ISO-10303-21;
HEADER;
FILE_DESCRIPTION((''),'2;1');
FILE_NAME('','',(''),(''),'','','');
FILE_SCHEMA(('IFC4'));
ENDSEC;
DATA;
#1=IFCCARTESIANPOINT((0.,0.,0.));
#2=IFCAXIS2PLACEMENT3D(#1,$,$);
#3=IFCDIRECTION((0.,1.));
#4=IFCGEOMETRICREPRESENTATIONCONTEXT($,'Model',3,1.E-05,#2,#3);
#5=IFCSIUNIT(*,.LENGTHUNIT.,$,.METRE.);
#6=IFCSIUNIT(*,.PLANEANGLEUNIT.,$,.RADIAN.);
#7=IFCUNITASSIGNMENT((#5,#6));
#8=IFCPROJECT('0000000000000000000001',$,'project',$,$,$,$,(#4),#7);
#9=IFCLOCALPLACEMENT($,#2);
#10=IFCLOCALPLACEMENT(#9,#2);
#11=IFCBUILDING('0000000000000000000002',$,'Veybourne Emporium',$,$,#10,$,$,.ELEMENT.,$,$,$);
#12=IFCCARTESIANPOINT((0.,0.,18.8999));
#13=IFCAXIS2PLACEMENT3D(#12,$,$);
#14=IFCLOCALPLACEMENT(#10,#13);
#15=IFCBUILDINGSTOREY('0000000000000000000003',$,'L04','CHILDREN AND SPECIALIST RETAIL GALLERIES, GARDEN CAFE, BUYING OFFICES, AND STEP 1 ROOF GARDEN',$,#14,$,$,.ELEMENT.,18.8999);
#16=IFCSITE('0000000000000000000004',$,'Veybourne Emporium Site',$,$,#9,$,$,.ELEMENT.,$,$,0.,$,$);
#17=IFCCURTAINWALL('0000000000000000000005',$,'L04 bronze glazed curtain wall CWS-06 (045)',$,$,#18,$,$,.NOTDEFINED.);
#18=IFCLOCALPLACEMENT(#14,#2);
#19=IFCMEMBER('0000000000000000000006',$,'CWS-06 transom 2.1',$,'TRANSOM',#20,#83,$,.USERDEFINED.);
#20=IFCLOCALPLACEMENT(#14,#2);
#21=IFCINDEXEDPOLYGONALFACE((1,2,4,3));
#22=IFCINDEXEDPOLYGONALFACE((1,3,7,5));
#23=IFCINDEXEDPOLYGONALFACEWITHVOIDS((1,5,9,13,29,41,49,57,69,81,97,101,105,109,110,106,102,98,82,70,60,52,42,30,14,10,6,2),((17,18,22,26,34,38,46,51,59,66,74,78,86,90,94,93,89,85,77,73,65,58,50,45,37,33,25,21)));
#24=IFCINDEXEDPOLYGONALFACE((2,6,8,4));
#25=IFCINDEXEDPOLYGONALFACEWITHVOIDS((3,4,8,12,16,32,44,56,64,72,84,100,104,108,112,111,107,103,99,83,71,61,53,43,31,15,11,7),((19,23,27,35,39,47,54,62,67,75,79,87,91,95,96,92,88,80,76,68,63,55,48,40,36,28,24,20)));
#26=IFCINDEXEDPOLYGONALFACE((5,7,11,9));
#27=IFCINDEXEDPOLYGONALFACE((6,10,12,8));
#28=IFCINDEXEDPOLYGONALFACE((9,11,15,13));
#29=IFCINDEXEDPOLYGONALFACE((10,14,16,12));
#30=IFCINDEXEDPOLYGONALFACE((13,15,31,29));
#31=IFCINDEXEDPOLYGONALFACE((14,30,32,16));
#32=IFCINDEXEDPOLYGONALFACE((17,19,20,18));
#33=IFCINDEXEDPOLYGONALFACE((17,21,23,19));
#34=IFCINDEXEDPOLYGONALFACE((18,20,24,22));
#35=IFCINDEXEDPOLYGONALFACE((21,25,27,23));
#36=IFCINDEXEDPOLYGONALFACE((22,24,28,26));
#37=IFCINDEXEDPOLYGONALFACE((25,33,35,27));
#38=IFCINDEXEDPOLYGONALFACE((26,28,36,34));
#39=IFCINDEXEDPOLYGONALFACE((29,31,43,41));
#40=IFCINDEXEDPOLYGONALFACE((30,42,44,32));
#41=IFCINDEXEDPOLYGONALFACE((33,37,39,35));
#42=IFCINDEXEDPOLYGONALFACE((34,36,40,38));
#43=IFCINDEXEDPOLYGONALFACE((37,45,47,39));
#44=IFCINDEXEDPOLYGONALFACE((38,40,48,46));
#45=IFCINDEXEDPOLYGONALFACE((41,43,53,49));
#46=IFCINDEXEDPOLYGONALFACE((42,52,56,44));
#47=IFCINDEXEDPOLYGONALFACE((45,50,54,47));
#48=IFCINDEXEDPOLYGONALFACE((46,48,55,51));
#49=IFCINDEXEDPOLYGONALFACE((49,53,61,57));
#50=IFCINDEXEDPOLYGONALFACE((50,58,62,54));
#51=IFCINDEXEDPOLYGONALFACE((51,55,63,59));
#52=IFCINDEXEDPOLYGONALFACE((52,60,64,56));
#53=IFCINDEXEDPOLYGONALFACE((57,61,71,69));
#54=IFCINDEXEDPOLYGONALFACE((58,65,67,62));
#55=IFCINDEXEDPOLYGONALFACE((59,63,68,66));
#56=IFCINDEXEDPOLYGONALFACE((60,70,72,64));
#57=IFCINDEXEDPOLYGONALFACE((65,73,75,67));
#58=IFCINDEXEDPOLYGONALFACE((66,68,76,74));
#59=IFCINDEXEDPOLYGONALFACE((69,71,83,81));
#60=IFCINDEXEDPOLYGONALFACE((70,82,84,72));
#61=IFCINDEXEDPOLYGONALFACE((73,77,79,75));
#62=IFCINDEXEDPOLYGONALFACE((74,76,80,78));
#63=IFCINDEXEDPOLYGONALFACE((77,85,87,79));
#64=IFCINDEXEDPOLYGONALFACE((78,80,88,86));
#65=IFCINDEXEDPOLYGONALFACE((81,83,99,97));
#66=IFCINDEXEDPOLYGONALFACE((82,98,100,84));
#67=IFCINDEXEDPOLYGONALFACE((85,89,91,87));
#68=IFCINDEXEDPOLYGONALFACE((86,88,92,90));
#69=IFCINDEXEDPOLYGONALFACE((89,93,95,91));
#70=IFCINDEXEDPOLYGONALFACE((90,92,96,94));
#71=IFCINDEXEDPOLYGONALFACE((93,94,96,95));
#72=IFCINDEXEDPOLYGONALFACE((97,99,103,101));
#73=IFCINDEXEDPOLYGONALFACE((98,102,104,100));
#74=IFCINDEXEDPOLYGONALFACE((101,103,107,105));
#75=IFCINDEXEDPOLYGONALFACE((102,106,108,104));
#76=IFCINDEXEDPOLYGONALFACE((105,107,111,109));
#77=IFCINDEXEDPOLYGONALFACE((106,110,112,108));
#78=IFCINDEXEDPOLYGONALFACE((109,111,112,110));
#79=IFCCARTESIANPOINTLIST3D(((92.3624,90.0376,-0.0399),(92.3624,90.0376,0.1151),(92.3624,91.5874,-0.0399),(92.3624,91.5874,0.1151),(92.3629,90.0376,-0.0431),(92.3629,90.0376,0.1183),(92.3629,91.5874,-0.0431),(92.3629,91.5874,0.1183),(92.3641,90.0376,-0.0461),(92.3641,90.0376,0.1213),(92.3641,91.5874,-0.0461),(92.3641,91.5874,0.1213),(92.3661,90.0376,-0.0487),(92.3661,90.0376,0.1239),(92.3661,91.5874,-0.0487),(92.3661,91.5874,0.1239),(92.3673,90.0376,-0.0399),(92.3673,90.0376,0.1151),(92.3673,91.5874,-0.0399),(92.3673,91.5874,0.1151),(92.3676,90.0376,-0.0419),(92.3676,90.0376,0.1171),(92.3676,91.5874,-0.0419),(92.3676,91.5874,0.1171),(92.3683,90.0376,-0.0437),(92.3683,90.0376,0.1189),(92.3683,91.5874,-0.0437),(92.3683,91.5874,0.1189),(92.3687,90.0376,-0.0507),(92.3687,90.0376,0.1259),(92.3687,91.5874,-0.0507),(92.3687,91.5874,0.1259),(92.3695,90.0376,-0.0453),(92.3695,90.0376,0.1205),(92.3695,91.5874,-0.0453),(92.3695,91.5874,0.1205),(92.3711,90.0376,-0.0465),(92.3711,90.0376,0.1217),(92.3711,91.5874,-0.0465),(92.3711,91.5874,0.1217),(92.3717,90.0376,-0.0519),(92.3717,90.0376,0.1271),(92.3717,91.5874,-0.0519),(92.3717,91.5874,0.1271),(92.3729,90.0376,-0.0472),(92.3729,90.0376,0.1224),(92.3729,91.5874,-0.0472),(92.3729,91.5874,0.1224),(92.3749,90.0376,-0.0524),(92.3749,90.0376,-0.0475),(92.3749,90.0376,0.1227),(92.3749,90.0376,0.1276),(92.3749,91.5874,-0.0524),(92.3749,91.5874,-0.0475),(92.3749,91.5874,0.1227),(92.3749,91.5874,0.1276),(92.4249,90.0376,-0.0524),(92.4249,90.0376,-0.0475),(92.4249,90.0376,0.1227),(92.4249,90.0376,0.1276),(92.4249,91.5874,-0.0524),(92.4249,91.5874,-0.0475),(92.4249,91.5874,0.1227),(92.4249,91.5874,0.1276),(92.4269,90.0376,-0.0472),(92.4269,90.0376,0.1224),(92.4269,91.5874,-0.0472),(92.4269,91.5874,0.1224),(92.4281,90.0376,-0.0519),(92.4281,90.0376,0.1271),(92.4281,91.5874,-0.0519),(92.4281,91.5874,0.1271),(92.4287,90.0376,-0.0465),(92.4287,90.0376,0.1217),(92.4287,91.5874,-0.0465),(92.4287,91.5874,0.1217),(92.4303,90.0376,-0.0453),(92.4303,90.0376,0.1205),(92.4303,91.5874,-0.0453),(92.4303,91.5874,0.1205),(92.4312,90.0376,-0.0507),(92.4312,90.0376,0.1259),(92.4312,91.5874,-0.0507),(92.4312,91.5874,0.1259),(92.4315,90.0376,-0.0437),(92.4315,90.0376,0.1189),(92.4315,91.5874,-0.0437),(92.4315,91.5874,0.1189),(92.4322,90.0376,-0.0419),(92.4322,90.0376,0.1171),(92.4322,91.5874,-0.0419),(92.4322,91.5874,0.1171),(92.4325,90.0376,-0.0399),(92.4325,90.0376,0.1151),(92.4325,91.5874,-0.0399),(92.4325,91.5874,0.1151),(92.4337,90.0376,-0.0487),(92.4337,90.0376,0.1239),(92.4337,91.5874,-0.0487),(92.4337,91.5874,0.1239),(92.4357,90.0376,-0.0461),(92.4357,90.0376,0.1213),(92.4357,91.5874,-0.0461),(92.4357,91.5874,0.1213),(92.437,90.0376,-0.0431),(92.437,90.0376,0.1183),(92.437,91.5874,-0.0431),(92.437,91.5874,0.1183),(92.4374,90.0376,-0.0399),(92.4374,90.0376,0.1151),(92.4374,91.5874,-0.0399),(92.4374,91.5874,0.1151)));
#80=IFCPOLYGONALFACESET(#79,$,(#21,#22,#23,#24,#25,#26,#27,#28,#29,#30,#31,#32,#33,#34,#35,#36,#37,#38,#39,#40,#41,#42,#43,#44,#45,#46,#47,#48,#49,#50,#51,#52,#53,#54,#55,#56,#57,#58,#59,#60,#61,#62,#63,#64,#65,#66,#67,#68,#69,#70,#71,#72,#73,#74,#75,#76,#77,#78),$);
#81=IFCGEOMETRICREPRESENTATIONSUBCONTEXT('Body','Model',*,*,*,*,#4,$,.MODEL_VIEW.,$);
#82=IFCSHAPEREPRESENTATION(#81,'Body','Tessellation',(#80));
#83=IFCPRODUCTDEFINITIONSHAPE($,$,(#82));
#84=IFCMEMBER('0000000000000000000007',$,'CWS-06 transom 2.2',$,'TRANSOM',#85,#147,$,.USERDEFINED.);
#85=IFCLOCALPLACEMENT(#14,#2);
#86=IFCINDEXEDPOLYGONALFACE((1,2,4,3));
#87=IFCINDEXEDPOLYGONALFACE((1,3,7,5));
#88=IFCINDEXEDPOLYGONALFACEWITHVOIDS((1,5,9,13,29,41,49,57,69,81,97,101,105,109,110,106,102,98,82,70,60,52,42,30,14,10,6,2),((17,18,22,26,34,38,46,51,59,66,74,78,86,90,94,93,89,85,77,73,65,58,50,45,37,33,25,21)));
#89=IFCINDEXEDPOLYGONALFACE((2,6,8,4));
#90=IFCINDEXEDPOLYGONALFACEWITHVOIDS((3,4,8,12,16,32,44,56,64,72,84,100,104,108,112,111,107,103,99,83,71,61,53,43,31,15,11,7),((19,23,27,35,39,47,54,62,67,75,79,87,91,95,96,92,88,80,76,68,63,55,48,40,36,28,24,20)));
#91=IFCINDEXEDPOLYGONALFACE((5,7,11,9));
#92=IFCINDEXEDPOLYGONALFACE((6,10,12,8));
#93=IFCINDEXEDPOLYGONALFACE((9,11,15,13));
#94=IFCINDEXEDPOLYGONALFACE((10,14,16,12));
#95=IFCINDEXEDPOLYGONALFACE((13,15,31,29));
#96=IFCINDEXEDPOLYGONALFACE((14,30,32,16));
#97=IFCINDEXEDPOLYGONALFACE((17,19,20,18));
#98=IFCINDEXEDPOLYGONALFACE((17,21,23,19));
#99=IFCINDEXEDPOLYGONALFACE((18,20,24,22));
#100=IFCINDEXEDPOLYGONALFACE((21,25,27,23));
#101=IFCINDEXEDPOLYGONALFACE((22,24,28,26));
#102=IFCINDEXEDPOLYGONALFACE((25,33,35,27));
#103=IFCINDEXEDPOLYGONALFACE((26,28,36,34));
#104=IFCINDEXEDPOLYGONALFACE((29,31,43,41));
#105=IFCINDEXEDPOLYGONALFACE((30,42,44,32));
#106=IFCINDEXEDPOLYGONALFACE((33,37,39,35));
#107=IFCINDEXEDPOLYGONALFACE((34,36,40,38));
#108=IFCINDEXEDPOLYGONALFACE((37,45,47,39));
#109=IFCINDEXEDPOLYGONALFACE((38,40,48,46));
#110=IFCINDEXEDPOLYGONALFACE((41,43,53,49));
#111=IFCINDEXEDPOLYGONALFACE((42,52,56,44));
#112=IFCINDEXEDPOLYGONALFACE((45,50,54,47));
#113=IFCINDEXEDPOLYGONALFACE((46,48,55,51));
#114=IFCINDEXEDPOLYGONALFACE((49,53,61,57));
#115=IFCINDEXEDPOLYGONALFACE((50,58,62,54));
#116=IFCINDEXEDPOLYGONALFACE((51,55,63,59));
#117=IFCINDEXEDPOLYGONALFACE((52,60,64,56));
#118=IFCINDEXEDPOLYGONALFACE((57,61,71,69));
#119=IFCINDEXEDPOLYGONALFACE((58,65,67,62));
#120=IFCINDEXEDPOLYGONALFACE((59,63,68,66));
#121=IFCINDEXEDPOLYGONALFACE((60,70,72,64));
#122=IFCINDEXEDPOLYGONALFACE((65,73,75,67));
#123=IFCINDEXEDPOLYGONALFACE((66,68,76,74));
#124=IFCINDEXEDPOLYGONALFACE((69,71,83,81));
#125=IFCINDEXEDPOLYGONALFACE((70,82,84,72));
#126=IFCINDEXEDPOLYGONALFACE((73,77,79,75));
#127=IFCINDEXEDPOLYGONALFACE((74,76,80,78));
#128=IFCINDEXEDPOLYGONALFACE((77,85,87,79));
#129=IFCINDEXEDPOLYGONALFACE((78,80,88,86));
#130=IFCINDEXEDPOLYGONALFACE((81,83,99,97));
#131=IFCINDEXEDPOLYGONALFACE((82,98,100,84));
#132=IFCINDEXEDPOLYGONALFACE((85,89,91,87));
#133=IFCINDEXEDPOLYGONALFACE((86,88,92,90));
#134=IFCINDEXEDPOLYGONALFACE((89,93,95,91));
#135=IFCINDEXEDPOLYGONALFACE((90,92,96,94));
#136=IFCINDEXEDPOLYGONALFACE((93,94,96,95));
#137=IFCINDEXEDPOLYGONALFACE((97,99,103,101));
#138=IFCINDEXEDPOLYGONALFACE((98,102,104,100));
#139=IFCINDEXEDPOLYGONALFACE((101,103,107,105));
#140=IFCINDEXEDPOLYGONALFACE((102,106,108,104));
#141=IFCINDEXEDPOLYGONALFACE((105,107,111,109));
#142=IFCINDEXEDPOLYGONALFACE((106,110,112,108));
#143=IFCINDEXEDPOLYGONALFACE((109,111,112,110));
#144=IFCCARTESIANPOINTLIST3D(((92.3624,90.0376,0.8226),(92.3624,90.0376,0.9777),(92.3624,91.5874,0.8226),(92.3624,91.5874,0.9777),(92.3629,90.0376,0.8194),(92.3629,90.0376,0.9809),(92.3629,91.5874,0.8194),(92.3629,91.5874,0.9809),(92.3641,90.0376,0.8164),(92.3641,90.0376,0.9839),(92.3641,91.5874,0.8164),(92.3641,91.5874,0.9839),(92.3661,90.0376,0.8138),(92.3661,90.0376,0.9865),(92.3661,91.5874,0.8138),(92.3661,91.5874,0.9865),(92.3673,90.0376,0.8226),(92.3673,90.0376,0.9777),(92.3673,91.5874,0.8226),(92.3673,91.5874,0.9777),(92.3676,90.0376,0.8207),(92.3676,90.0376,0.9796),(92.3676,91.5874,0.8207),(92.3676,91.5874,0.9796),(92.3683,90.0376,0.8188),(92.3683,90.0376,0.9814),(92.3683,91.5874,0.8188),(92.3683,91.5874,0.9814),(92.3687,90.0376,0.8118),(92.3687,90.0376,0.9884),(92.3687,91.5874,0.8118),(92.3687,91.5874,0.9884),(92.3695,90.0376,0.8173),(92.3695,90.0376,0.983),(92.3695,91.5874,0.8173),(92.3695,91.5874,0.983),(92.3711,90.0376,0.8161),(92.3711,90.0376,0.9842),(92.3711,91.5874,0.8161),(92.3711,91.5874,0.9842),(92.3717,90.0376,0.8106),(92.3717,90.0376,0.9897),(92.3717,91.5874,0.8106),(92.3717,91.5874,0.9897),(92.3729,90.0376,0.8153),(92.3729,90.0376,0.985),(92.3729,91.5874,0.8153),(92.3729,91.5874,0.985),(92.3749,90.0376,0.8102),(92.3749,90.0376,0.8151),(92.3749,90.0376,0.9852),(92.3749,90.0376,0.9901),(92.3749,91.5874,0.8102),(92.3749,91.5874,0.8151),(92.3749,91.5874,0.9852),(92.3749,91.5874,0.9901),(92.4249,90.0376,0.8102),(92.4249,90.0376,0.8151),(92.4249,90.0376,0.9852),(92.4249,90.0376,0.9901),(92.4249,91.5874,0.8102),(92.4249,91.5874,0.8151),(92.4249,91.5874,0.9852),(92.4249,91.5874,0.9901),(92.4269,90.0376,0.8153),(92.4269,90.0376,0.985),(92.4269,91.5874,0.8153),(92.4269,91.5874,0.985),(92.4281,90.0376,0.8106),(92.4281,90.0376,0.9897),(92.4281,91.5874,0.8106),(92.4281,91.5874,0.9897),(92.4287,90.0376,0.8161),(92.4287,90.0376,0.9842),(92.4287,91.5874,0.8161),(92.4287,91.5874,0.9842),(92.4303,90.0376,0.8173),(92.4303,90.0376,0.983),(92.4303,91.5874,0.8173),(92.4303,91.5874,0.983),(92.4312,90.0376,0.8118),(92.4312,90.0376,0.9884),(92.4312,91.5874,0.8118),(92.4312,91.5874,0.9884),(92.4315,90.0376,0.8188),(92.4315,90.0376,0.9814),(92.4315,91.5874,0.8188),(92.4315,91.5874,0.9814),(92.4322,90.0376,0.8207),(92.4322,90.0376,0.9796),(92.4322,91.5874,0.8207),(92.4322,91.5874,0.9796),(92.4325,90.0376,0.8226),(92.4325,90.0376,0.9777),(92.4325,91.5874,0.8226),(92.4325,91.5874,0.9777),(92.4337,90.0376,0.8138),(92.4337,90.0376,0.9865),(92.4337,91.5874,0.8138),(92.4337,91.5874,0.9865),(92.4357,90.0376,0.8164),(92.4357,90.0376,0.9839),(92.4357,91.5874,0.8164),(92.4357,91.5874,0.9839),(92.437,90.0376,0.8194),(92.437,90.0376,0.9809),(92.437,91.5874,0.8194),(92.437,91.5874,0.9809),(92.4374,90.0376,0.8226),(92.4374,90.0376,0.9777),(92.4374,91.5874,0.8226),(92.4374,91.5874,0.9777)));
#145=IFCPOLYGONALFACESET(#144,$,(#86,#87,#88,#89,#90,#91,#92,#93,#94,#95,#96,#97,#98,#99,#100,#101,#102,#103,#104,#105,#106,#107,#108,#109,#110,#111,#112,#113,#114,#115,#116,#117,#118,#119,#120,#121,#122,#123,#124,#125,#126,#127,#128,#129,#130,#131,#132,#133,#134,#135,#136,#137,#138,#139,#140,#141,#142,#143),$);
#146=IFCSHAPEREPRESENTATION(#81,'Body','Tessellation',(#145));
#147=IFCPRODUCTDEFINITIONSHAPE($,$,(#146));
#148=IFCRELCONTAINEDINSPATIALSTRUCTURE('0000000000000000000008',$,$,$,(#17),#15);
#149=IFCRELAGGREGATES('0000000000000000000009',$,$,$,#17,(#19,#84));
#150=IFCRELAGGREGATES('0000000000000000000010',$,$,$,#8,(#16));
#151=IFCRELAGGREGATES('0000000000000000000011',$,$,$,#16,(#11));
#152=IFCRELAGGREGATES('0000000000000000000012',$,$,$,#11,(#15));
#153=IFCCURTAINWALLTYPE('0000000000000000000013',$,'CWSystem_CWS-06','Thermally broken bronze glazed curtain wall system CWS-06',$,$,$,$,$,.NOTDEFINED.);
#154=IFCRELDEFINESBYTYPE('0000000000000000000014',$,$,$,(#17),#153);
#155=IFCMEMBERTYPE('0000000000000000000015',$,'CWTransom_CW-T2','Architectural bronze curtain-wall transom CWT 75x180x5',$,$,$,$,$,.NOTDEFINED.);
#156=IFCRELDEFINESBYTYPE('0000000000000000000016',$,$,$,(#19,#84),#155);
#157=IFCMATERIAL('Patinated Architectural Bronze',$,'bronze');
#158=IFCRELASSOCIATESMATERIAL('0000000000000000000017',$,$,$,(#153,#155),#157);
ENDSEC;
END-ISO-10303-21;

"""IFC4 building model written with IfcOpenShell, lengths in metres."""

from ifc_helpers import new_model, si_unit, direction, frame, origin, origin_2d, place, context, subcontext, project, spatial, hollow_rectangle, extrude, material, material_profile, profile_set, type_object, element, aggregate, save


model = new_model("IFC4")

# Units and contexts
model_context = context("Model", 3, precision=1e-05, world=origin(), true_north=direction((0.0, 1.0)))
body_context = subcontext(model_context, "Body", "Model", "MODEL_VIEW")
ifc_project = project(units=[si_unit("LENGTHUNIT", "METRE"), si_unit("PLANEANGLEUNIT", "RADIAN")], contexts=[model_context])

# Site, building, storey
site_placement = place(None, origin())
site = spatial("IfcSite", under=ifc_project, at=site_placement, Name="Veybourne Emporium Site", CompositionType="ELEMENT", RefElevation=0.0)
building_placement = place(site_placement, origin())
building = spatial("IfcBuilding", under=site, at=building_placement, Name="Veybourne Emporium", CompositionType="ELEMENT")
storey_placement = place(building_placement, frame((0.0, 0.0, 18.8999)))
storey = spatial("IfcBuildingStorey", under=building, at=storey_placement, Name="L04", Description="CHILDREN AND SPECIALIST RETAIL GALLERIES, GARDEN CAFE, BUYING OFFICES, AND STEP 1 ROOF GARDEN", CompositionType="ELEMENT", Elevation=18.8999)

# Curtain wall, members
ifc_material_1 = material(Name="Patinated Architectural Bronze", Category="bronze")
curtain_wall_type = type_object("IfcCurtainWallType", Name="CWSystem_CWS-06", Description="Thermally broken bronze glazed curtain wall system CWS-06", PredefinedType="NOTDEFINED", material=ifc_material_1)
curtain_wall_placement = place(storey_placement, origin())
curtain_wall = element("IfcCurtainWall", 1, at=curtain_wall_placement, inside=storey, type_object=curtain_wall_type, Name="L04 bronze glazed curtain wall CWS-06 (045)", PredefinedType="NOTDEFINED")
ifc_material_profile_1 = material_profile(ifc_material_1, hollow_rectangle(XDim=0.075, YDim=0.1799, WallThickness=0.0049, InnerFilletRadius=0.0076, OuterFilletRadius=0.0125, at=origin_2d()), Name="CWT 75x180x5")
ifc_profile_set_1 = profile_set([ifc_material_profile_1], Name="Patinated Architectural Bronze")
member_type_1 = type_object("IfcMemberType", Name="CWTransom_CW-T2", Description="Architectural bronze curtain-wall transom CWT 75x180x5", PredefinedType="NOTDEFINED", material=ifc_profile_set_1)
member_1_placement = place(storey_placement, frame((92.3999, 91.5874, 0.0376), z_axis=(0.0, -1.0, 0.0), x_axis=(1.0, 0.0, 0.0)))
member_1 = element("IfcMember", 2, at=member_1_placement, type_object=member_type_1, Name="CWS-06 transom 2.1", ObjectType="TRANSOM", PredefinedType="USERDEFINED", context=body_context, shape_type="SweptSolid", body=[
    extrude(hollow_rectangle(XDim=0.075, YDim=0.1799, WallThickness=0.0049, InnerFilletRadius=0.0076, OuterFilletRadius=0.0125, at=origin_2d()), origin(), (0.0, 0.0, 1.0), 1.5498),
])
member_2_placement = place(storey_placement, frame((92.3999, 91.5874, 0.9001), z_axis=(0.0, -1.0, 0.0), x_axis=(1.0, 0.0, 0.0)))
member_2 = element("IfcMember", 3, at=member_2_placement, type_object=member_type_1, Name="CWS-06 transom 2.2", ObjectType="TRANSOM", PredefinedType="USERDEFINED", context=body_context, shape_type="SweptSolid", body=[
    extrude(hollow_rectangle(XDim=0.075, YDim=0.1799, WallThickness=0.0049, InnerFilletRadius=0.0076, OuterFilletRadius=0.0125, at=origin_2d()), origin(), (0.0, 0.0, 1.0), 1.5498),
])
aggregate(curtain_wall, [member_1, member_2])

save(model, "model.ifc")
